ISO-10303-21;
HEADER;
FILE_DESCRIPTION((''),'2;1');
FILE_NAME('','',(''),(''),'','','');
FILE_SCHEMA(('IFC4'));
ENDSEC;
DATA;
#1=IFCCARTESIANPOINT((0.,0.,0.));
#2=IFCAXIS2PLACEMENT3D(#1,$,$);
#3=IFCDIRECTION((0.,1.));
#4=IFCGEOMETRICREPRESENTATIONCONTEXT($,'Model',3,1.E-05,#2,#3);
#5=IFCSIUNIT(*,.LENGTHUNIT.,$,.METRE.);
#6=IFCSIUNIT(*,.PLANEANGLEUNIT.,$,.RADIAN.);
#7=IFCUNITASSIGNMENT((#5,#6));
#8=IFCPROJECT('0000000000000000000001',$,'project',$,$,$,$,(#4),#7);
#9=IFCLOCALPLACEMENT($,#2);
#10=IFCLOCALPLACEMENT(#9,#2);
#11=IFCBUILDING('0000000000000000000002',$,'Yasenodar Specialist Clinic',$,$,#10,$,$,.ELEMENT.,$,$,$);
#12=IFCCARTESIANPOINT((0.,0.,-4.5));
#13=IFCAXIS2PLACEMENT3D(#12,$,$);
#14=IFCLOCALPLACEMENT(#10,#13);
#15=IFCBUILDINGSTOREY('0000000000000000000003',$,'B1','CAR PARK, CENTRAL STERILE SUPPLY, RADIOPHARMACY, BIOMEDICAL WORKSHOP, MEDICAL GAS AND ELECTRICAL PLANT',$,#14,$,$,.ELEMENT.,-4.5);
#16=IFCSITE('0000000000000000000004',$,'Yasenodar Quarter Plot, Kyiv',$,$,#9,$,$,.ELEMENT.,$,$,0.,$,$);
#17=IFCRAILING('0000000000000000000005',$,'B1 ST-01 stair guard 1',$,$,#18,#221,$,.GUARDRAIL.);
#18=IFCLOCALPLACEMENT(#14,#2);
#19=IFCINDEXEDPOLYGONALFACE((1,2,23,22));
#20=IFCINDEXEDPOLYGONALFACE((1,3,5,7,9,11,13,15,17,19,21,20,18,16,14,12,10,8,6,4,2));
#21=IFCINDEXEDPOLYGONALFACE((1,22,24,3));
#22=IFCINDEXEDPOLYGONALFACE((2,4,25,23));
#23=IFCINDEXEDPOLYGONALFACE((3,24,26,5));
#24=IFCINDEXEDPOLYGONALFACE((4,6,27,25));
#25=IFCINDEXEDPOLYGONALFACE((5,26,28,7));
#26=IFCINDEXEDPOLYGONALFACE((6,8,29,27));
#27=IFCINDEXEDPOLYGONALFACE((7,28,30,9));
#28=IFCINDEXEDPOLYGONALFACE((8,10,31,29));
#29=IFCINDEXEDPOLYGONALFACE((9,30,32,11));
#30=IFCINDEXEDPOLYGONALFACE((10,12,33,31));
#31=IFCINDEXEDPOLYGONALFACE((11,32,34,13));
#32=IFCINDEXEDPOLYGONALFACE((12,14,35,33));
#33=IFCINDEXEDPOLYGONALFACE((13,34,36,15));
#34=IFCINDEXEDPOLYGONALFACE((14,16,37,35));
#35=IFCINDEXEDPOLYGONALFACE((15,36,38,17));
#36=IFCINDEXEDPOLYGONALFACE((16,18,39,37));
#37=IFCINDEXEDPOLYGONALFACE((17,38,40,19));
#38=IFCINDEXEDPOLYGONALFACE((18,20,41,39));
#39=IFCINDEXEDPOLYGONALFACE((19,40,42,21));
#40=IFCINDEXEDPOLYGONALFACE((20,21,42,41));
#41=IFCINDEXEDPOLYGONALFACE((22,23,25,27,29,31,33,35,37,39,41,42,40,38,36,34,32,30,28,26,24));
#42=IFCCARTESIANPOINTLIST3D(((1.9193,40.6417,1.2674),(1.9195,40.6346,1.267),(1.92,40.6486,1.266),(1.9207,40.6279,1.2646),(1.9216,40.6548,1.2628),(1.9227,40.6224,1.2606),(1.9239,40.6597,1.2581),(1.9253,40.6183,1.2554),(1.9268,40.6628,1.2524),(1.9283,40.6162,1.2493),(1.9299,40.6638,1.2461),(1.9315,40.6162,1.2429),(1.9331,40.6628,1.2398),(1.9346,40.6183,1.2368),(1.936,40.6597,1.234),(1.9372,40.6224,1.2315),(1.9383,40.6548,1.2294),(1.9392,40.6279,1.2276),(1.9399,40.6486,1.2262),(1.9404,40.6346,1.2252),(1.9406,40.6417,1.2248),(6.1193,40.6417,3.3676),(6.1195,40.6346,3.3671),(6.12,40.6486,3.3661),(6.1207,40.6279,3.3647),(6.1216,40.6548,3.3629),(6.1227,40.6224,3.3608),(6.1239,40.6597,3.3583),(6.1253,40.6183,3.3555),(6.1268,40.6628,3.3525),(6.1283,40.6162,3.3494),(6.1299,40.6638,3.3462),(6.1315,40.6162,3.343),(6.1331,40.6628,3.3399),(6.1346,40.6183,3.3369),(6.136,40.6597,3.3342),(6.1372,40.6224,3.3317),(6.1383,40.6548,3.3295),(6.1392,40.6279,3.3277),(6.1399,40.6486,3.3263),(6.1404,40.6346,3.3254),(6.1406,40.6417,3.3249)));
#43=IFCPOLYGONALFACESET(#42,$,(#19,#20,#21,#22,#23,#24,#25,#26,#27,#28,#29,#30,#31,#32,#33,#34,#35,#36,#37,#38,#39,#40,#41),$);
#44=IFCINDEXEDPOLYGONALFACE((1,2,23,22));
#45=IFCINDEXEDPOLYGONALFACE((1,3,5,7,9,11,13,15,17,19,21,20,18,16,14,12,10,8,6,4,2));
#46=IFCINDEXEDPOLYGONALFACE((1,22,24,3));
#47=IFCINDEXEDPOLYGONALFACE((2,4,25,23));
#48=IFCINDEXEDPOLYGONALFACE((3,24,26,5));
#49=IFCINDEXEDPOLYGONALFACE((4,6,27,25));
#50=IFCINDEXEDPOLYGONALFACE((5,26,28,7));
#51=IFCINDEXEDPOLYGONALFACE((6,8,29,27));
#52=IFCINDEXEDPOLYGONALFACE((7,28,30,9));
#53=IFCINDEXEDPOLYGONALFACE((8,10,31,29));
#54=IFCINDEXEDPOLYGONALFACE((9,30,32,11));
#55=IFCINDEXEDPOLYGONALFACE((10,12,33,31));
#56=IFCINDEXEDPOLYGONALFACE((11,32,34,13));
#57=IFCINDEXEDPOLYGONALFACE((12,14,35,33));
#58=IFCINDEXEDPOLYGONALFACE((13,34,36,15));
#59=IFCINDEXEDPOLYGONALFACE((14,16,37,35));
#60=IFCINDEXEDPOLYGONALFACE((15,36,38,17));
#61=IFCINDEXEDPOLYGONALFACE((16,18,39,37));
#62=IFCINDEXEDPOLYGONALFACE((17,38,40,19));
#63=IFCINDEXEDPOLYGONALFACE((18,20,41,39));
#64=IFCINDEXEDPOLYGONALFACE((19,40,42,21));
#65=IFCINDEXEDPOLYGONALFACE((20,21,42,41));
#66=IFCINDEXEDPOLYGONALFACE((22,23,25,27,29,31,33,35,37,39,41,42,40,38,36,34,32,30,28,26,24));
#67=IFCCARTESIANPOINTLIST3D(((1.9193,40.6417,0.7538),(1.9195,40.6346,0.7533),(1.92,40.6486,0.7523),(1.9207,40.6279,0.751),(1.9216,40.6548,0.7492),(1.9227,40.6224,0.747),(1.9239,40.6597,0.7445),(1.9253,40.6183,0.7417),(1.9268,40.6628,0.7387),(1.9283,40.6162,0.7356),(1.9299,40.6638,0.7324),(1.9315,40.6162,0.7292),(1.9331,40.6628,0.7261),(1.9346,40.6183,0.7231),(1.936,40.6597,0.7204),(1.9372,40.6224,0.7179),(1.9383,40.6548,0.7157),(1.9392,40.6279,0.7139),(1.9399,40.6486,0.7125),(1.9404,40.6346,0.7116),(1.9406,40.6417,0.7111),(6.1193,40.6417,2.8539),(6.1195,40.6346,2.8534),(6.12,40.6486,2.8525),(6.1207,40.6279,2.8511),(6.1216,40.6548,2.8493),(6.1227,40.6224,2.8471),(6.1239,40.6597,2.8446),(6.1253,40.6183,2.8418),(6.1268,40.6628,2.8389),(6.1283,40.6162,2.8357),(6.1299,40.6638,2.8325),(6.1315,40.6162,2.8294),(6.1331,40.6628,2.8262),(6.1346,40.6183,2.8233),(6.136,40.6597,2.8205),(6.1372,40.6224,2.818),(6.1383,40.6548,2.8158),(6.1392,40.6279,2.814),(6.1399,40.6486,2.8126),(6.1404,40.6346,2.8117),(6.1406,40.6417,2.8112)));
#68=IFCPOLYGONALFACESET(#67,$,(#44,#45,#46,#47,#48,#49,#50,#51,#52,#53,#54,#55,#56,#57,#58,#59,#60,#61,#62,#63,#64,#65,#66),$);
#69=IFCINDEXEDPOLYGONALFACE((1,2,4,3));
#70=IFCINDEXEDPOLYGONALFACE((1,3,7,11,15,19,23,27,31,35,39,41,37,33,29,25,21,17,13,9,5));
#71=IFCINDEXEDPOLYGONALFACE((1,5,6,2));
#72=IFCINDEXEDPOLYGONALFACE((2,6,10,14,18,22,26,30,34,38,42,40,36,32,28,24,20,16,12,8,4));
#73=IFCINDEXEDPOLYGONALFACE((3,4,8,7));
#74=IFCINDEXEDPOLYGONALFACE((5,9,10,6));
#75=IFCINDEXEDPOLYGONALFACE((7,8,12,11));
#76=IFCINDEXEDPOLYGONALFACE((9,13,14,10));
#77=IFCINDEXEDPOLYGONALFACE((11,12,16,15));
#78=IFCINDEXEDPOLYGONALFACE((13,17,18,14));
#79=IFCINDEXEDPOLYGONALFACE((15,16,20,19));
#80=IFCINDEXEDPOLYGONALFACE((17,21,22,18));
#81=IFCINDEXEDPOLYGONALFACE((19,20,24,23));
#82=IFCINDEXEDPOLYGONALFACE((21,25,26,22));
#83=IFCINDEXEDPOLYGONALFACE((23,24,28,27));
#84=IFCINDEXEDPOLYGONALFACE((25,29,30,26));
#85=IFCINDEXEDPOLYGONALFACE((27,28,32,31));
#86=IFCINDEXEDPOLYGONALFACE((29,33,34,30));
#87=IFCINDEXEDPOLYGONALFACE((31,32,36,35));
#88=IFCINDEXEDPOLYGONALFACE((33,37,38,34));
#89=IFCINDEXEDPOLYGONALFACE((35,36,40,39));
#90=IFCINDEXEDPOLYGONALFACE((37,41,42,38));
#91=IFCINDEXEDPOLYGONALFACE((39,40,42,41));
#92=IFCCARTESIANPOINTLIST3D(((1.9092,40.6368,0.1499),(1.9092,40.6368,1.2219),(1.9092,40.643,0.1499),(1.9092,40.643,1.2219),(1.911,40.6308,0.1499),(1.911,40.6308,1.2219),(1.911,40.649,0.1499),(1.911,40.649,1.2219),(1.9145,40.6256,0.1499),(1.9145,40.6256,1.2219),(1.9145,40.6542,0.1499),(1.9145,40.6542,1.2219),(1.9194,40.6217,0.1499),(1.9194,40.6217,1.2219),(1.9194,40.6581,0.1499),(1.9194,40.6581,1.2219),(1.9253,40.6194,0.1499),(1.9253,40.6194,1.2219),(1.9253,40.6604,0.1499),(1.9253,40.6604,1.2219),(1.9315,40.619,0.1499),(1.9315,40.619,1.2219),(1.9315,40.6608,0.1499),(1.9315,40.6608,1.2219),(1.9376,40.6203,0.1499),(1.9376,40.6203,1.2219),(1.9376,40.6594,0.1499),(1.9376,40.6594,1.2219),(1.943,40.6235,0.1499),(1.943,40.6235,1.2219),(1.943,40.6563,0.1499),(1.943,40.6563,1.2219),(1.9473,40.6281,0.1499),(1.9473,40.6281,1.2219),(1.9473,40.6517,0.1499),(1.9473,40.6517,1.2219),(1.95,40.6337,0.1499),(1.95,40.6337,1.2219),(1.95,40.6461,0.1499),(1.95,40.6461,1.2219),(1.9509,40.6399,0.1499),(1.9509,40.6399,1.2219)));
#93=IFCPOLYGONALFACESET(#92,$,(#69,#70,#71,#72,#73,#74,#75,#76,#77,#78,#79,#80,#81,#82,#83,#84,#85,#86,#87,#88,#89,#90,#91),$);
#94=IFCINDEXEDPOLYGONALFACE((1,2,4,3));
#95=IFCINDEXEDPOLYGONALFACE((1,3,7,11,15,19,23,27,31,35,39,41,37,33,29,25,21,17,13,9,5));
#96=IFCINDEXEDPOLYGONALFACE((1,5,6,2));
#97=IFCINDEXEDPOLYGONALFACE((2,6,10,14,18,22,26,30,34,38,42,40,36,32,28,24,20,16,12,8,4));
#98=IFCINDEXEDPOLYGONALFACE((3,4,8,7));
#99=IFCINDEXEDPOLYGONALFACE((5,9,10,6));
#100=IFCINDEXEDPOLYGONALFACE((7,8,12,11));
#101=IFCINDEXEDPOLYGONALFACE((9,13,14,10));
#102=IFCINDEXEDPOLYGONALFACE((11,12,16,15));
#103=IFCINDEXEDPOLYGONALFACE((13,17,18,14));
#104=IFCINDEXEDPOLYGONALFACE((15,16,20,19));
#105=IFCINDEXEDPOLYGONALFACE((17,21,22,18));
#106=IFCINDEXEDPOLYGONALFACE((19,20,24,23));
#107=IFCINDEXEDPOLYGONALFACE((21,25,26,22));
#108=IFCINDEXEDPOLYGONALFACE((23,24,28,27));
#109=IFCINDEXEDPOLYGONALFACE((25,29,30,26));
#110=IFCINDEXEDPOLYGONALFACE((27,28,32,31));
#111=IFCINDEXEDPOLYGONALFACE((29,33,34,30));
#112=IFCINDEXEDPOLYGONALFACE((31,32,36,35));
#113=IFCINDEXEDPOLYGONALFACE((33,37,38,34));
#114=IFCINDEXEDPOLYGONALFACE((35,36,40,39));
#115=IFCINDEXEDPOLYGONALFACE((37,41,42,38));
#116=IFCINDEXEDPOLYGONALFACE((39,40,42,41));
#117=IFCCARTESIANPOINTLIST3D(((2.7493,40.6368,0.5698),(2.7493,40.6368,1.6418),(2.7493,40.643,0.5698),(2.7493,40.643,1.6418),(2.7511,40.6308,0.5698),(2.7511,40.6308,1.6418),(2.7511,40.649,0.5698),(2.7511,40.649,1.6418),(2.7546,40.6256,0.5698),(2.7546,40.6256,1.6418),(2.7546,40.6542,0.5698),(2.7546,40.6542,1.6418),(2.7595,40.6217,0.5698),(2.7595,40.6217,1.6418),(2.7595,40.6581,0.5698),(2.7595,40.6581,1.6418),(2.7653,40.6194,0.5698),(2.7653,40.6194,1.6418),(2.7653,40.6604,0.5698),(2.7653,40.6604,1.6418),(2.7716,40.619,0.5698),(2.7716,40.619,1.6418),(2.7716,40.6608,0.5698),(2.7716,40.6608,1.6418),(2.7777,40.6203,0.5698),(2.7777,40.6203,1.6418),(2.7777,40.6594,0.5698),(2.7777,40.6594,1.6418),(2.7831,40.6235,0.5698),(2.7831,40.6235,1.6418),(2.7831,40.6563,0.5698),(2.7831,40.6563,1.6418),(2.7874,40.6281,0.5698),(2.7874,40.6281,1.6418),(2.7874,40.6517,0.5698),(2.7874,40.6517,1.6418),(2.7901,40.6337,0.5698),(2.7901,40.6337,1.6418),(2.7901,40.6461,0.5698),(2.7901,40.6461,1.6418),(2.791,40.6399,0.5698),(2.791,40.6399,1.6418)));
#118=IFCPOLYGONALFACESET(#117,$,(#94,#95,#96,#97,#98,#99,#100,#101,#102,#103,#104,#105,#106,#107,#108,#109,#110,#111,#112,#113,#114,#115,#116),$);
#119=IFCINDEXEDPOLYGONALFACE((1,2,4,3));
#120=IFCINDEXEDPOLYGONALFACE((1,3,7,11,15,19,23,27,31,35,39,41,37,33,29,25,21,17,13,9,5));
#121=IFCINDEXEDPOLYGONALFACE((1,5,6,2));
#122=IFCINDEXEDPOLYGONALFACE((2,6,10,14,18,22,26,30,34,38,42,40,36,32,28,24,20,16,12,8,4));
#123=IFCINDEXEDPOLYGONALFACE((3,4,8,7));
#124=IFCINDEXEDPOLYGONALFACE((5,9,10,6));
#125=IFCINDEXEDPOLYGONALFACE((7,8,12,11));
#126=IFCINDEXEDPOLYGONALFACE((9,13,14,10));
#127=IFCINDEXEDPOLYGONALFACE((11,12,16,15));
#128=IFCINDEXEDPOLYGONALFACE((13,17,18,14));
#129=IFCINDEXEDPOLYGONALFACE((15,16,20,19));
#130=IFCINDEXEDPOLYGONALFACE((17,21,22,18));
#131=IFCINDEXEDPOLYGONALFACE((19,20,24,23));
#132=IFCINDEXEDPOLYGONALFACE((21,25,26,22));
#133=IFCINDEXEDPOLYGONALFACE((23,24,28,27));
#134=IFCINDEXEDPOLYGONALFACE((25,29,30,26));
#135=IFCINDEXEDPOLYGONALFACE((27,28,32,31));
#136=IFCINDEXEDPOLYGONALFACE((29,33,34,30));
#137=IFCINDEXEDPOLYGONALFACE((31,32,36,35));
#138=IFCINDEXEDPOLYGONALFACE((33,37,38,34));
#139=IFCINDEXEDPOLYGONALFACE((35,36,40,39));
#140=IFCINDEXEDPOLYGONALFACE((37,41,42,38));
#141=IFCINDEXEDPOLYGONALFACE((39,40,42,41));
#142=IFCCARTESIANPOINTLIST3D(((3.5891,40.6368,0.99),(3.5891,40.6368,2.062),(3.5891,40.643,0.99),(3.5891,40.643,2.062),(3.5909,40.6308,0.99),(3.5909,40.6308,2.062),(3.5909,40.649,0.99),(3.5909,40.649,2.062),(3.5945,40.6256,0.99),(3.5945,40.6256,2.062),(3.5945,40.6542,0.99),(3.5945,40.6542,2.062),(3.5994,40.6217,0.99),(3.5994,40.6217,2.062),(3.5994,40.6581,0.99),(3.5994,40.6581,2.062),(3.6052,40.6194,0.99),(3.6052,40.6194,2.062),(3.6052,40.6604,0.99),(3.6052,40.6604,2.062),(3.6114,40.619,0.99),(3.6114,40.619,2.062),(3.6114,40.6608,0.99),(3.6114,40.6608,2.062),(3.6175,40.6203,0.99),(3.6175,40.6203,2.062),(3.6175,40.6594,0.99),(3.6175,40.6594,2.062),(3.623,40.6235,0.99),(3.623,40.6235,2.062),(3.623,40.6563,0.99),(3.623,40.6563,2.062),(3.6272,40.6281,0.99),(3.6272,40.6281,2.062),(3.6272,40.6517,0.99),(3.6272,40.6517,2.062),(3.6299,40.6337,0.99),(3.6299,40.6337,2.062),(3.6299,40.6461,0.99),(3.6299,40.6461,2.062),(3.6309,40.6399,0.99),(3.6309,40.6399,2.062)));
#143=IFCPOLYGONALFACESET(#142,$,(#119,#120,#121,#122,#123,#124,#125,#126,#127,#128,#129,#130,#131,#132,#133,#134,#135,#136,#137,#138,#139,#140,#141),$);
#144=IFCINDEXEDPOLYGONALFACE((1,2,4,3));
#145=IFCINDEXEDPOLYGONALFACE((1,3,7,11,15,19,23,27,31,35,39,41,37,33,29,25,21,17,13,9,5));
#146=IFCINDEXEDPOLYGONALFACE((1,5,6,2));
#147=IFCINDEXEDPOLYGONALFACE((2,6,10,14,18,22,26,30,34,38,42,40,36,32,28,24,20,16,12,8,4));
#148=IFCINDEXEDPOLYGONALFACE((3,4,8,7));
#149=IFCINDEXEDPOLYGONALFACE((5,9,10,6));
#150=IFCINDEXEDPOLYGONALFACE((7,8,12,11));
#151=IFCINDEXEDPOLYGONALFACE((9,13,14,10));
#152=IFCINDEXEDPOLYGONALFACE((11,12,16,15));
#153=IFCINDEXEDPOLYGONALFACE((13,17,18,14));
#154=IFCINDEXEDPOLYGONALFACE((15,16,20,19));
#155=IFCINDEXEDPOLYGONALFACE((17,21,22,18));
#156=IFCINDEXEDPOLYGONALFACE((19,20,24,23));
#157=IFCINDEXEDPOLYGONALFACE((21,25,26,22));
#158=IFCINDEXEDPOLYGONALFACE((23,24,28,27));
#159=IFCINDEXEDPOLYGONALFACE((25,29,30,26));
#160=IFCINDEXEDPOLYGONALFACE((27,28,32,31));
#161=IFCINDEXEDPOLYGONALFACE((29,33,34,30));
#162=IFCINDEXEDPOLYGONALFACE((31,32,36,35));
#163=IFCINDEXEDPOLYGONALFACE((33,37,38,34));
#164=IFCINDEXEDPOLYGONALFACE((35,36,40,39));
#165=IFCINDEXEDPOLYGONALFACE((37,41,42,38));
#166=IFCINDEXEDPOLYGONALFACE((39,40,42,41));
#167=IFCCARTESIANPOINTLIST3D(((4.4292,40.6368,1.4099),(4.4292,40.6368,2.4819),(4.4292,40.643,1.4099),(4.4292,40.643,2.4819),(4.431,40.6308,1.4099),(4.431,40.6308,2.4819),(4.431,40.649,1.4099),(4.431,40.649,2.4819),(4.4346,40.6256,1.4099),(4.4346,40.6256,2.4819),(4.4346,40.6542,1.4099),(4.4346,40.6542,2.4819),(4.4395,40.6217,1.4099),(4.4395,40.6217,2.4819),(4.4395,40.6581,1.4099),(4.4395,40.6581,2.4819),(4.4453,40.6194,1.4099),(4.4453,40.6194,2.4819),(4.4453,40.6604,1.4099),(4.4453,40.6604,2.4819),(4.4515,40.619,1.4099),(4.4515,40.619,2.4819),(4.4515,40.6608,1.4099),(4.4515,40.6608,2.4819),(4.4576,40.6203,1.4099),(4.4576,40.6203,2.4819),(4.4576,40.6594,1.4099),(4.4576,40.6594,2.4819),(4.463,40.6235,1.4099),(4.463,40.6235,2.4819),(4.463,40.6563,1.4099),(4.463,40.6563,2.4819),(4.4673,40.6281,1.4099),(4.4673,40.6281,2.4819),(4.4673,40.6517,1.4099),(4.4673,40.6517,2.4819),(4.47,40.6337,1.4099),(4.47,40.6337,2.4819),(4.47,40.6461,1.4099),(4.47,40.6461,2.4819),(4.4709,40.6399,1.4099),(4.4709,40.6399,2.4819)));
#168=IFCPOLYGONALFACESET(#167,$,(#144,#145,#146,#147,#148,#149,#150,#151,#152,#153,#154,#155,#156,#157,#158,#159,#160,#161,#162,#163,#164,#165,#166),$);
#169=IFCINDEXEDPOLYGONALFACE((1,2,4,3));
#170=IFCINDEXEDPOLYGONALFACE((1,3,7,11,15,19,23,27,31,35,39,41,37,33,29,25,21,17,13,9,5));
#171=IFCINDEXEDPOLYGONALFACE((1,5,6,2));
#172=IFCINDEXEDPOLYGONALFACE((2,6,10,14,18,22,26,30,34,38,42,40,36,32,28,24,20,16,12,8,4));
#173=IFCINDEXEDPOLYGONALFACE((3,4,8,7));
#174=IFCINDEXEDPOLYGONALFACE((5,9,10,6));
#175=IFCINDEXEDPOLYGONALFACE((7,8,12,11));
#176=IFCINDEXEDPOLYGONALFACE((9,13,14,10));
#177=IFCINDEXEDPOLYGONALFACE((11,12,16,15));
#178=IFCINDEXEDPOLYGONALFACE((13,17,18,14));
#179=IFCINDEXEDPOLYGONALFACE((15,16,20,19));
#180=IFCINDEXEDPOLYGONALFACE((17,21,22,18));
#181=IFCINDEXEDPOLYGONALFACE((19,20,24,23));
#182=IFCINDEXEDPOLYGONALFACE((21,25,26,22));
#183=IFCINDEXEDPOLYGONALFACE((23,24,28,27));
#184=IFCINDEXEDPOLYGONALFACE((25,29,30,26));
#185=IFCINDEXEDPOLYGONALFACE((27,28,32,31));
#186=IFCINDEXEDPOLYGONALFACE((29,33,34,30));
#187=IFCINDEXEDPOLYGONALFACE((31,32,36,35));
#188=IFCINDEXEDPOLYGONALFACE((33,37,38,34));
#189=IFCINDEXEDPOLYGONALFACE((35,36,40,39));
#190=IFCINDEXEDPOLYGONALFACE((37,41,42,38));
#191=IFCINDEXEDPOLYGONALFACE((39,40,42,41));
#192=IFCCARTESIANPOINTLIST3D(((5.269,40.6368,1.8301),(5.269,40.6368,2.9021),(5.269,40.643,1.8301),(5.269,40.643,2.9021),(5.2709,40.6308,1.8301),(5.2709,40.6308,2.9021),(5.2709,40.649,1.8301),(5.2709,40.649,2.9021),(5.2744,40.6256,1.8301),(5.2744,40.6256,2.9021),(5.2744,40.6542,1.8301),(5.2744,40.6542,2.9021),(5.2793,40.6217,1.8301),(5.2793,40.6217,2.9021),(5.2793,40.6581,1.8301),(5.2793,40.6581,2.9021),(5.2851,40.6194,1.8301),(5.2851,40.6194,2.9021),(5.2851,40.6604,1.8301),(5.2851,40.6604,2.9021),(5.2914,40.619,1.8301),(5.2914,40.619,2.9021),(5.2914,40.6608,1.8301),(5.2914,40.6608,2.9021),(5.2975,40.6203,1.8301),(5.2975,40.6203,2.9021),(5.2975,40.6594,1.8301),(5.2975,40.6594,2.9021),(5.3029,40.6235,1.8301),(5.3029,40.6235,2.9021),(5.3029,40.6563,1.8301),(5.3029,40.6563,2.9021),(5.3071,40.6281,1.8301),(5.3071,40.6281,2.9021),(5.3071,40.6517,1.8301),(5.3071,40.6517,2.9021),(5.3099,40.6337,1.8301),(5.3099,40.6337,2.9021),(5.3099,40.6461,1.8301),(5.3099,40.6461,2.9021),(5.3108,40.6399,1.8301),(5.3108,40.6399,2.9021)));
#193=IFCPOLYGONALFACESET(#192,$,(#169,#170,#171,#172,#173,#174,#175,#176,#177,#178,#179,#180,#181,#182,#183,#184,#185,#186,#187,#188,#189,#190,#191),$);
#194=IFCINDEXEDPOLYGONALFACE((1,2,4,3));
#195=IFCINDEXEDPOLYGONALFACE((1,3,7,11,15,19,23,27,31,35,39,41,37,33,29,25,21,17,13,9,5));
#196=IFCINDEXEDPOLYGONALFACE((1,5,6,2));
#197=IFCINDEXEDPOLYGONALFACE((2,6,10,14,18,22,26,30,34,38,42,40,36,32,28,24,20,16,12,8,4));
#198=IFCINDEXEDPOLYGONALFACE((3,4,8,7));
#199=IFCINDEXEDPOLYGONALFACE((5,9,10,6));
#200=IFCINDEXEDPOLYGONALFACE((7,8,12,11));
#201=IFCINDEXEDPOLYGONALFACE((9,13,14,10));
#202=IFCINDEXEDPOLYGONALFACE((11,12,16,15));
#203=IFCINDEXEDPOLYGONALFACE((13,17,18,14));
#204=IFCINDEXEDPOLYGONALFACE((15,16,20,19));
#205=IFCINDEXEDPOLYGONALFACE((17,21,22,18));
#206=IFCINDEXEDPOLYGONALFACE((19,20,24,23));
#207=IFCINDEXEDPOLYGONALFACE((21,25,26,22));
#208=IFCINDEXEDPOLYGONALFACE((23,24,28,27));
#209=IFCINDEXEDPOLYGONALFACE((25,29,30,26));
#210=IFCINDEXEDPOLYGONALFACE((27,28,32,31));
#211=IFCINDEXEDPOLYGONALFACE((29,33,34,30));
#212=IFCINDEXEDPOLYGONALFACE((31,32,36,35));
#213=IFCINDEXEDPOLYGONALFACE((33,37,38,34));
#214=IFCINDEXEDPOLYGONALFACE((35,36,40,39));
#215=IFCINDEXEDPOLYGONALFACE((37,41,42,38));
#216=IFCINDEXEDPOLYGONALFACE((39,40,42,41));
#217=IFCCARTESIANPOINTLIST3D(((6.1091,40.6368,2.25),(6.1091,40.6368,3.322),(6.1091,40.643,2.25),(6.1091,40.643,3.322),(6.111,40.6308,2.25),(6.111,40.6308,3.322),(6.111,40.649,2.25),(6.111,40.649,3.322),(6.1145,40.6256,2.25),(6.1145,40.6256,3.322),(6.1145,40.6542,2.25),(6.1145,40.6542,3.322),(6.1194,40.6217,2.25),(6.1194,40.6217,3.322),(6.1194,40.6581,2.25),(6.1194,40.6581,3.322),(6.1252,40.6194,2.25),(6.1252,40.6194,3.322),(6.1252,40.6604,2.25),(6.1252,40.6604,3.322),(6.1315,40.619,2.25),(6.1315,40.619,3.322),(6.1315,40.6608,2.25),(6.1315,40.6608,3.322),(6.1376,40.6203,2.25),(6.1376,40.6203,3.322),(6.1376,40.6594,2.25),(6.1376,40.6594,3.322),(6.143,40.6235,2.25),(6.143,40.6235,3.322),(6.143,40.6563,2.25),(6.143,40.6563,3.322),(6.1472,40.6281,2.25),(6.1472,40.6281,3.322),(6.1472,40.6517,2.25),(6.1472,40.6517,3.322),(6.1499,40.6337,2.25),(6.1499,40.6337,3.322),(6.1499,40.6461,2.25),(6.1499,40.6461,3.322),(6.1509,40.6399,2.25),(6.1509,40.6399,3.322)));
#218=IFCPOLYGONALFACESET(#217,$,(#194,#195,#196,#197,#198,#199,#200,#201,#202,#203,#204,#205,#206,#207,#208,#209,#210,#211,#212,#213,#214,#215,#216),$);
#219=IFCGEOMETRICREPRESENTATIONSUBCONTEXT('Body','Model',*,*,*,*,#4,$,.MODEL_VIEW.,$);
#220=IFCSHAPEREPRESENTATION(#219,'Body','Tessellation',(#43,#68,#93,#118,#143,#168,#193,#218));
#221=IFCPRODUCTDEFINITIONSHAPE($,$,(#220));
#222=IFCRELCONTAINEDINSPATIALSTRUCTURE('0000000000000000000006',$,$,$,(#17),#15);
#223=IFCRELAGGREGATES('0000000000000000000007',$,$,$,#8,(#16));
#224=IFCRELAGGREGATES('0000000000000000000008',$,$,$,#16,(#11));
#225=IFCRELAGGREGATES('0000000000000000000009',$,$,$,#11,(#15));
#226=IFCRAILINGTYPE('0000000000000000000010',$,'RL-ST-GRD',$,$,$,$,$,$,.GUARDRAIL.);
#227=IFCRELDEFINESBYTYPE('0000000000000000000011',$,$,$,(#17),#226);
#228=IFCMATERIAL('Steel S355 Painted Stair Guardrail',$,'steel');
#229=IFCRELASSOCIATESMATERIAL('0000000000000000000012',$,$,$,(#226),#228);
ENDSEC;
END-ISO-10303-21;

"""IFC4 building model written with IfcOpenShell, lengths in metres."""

from ifc_helpers import new_model, si_unit, direction, frame, origin, origin_2d, place, context, subcontext, project, spatial, circle, extrude, material, type_object, element, save


model = new_model("IFC4")

# Units and contexts
model_context = context("Model", 3, precision=1e-05, world=origin(), true_north=direction((0.0, 1.0)))
body_context = subcontext(model_context, "Body", "Model", "MODEL_VIEW")
ifc_project = project(units=[si_unit("LENGTHUNIT", "METRE"), si_unit("PLANEANGLEUNIT", "RADIAN")], contexts=[model_context])

# Site, building, storey
site_placement = place(None, origin())
site = spatial("IfcSite", under=ifc_project, at=site_placement, Name="Yasenodar Quarter Plot, Kyiv", CompositionType="ELEMENT", RefElevation=0.0)
building_placement = place(site_placement, origin())
building = spatial("IfcBuilding", under=site, at=building_placement, Name="Yasenodar Specialist Clinic", CompositionType="ELEMENT")
storey_placement = place(building_placement, frame((0.0, 0.0, -4.5)))
storey = spatial("IfcBuildingStorey", under=building, at=storey_placement, Name="B1", Description="CAR PARK, CENTRAL STERILE SUPPLY, RADIOPHARMACY, BIOMEDICAL WORKSHOP, MEDICAL GAS AND ELECTRICAL PLANT", CompositionType="ELEMENT", Elevation=-4.5)

# Railing
ifc_material_1 = material(Name="Steel S355 Painted Stair Guardrail", Category="steel")
railing_type_1 = type_object("IfcRailingType", Name="RL-ST-GRD", PredefinedType="GUARDRAIL", material=ifc_material_1)
railing_1_placement = place(storey_placement, frame((1.9299, 40.6399, 0.1499)))
element("IfcRailing", 1, at=railing_1_placement, inside=storey, type_object=railing_type_1, Name="B1 ST-01 stair guard 1", PredefinedType="GUARDRAIL", context=body_context, shape_type="SweptSolid", body=[
    extrude(circle(Radius=0.0239, at=origin_2d()), frame((0.0, 0.0, 1.0962), z_axis=(0.894417, 0.0, 0.447234), x_axis=(0.0, 1.0, 0.0)), (0.0, 0.0, 1.0), 4.6958),
    extrude(circle(Radius=0.0239, at=origin_2d()), frame((0.0, 0.0, 0.5825), z_axis=(0.894417, 0.0, 0.447234), x_axis=(0.0, 1.0, 0.0)), (0.0, 0.0, 1.0), 4.6958),
    extrude(circle(Radius=0.021, at=origin_2d()), origin(), (0.0, 0.0, 1.0), 1.072),
    extrude(circle(Radius=0.021, at=origin_2d()), frame((0.8401, 0.0, 0.4199)), (0.0, 0.0, 1.0), 1.072),
    extrude(circle(Radius=0.021, at=origin_2d()), frame((1.6799, 0.0, 0.8401)), (0.0, 0.0, 1.0), 1.072),
    extrude(circle(Radius=0.021, at=origin_2d()), frame((2.52, 0.0, 1.26)), (0.0, 0.0, 1.0), 1.072),
    extrude(circle(Radius=0.021, at=origin_2d()), frame((3.3599, 0.0, 1.6802)), (0.0, 0.0, 1.0), 1.072),
    extrude(circle(Radius=0.021, at=origin_2d()), frame((4.2, 0.0, 2.1001)), (0.0, 0.0, 1.0), 1.072),
])

save(model, "model.ifc")
